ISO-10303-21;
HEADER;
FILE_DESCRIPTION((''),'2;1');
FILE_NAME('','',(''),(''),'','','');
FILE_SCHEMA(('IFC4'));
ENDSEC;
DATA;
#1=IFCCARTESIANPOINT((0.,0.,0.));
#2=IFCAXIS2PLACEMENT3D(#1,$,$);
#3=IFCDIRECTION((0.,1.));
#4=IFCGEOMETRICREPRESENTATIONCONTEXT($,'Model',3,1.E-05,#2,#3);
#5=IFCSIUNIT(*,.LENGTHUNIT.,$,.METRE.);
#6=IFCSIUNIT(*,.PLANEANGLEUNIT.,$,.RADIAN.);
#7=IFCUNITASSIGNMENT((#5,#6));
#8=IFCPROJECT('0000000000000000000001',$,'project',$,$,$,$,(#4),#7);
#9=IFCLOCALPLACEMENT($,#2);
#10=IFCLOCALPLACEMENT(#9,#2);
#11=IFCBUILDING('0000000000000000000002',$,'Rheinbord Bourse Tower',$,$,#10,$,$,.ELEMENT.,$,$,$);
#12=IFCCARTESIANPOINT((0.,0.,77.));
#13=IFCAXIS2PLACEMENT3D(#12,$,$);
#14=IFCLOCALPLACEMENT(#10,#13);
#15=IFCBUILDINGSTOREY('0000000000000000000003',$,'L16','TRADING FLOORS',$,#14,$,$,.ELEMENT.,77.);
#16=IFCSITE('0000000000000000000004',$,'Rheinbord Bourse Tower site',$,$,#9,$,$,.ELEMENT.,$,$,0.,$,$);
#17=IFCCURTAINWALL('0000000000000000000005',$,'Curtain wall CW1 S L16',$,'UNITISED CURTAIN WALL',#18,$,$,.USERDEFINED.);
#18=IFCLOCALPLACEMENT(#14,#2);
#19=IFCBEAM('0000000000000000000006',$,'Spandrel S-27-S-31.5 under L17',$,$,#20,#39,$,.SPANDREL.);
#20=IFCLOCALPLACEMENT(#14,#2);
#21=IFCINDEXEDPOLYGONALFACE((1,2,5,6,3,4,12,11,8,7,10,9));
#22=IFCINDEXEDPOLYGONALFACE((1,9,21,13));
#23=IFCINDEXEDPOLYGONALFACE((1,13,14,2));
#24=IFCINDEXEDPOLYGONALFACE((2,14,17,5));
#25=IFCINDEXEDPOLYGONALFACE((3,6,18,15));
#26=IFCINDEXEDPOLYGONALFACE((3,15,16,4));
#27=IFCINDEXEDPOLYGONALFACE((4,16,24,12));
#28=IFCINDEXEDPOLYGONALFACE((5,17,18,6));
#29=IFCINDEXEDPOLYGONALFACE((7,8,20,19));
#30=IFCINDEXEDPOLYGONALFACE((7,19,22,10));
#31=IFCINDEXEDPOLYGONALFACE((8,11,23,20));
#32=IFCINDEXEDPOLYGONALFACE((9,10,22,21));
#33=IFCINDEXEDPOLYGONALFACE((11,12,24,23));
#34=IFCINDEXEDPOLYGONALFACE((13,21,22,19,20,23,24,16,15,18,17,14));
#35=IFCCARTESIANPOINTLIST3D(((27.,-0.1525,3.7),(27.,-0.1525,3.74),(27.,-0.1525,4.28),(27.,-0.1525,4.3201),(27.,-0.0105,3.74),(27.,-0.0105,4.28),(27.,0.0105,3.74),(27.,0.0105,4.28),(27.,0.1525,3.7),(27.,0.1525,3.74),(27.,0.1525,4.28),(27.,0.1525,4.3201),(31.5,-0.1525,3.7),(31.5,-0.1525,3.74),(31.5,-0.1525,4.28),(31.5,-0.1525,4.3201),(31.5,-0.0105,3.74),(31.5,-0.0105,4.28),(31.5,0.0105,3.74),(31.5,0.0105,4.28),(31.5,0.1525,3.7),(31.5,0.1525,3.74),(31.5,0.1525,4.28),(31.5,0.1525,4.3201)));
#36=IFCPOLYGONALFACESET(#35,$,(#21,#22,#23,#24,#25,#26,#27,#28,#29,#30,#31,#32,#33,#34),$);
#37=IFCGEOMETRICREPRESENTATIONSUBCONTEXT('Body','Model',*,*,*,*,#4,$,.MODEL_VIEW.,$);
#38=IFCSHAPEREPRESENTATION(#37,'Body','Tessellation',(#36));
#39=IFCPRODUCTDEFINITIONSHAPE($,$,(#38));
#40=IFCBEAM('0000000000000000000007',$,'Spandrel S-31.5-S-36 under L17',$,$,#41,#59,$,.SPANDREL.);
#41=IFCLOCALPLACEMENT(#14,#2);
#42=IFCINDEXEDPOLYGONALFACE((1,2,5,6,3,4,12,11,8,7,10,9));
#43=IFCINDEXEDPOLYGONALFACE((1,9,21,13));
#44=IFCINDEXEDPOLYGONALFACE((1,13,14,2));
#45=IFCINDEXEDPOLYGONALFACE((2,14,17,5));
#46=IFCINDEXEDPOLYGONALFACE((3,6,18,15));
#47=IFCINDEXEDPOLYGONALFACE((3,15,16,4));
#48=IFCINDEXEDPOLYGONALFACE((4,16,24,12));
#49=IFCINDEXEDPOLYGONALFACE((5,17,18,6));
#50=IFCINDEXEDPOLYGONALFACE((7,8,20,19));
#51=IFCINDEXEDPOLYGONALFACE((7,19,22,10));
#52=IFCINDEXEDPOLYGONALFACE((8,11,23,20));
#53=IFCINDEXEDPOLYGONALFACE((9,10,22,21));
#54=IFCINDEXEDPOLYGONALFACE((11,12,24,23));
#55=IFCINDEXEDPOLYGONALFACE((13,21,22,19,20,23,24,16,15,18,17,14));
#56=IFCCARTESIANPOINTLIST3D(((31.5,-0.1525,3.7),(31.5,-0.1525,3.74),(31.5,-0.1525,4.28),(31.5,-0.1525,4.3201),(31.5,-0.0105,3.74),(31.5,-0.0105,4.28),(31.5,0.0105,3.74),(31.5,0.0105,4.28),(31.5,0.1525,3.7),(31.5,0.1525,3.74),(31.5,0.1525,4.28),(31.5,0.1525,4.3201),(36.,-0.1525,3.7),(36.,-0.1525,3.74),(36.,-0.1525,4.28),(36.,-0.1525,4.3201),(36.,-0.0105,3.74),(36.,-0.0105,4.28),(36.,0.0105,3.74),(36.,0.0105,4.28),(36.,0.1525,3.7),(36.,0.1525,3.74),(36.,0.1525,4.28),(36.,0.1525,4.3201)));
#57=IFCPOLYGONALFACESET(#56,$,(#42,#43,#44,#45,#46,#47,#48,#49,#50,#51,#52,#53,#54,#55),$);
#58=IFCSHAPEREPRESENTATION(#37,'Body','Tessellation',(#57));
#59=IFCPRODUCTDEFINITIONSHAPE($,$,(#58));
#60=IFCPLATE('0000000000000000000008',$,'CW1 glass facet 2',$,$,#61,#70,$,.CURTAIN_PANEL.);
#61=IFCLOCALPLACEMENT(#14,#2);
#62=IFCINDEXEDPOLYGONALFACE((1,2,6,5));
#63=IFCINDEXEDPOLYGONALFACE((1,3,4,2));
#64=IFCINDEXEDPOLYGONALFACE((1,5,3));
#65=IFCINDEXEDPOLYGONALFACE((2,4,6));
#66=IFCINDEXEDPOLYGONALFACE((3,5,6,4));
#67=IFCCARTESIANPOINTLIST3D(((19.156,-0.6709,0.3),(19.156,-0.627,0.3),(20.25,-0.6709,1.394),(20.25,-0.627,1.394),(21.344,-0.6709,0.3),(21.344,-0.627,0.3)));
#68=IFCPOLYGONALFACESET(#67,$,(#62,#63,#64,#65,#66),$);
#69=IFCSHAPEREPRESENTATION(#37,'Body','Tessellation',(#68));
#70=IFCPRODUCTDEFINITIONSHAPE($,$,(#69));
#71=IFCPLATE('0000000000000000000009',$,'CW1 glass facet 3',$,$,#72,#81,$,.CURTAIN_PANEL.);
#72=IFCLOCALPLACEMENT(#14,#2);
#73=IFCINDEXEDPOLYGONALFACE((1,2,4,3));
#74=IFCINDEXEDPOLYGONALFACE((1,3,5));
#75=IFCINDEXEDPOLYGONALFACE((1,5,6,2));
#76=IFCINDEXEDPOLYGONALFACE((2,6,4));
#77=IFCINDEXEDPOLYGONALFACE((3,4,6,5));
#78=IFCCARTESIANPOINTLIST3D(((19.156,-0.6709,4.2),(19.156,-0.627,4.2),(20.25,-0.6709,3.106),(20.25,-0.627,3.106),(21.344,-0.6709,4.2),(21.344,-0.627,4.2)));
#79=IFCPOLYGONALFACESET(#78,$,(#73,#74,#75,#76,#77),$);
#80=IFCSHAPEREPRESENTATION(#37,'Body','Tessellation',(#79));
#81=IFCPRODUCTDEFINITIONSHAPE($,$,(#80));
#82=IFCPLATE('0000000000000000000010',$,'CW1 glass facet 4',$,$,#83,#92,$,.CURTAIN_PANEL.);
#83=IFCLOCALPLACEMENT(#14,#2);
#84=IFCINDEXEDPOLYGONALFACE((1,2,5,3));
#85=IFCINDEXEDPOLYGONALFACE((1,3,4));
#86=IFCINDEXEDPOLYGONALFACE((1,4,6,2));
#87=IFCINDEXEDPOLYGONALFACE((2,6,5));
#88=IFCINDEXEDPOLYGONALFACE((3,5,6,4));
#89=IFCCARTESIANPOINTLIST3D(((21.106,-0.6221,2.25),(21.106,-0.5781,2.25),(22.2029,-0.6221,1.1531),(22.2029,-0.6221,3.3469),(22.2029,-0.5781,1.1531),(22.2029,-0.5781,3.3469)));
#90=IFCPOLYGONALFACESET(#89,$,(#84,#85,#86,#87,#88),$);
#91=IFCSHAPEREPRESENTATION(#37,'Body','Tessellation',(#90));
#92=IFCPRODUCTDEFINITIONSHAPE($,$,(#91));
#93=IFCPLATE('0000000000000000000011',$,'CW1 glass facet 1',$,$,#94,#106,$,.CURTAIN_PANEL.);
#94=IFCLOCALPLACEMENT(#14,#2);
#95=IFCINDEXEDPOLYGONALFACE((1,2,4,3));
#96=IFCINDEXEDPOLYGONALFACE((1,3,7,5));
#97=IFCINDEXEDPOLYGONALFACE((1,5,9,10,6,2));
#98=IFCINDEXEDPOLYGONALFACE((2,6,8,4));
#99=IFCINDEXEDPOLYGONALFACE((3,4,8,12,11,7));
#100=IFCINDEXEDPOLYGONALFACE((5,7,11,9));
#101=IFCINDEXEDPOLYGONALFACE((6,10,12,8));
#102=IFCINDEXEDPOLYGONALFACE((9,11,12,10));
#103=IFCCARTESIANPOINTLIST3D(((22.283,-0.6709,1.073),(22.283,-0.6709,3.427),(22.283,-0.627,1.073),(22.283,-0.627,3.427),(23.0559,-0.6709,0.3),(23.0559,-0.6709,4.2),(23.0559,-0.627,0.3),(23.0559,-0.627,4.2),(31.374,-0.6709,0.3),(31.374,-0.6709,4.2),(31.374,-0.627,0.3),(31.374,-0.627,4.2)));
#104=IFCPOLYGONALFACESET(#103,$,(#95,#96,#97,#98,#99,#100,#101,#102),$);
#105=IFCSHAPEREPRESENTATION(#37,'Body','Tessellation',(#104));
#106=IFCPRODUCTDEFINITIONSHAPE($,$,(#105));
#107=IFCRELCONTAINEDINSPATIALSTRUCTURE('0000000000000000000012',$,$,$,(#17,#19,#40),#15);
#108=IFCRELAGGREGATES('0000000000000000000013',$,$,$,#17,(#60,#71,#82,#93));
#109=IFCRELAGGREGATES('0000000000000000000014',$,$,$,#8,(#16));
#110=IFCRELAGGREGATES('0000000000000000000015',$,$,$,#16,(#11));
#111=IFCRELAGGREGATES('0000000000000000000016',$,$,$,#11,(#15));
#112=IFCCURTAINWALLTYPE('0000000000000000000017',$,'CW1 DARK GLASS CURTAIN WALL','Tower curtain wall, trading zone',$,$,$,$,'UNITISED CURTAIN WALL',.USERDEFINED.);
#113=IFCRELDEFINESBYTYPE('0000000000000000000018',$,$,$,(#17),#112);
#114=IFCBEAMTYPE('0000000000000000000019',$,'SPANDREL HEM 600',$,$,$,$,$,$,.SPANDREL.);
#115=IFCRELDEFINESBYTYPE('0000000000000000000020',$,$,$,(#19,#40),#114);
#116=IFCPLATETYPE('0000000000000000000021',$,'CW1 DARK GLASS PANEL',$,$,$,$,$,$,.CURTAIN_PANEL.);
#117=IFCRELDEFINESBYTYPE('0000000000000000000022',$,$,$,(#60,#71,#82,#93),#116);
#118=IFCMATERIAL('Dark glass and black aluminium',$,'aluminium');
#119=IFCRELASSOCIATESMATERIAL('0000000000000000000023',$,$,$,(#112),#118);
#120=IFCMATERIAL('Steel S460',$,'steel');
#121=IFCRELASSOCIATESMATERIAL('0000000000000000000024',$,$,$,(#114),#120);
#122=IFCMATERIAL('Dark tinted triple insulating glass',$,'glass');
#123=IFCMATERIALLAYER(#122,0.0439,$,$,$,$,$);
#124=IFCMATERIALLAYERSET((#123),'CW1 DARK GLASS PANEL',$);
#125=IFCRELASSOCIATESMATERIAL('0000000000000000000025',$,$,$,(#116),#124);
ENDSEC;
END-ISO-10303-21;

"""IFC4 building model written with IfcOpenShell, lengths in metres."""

from ifc_helpers import new_model, si_unit, direction, frame, origin, origin_2d, place, context, subcontext, project, spatial, polyline, i_section, outline, extrude, material, layer, layer_set, material_profile, profile_set, type_object, element, aggregate, save


model = new_model("IFC4")

# Units and contexts
model_context = context("Model", 3, precision=1e-05, world=origin(), true_north=direction((0.0, 1.0)))
body_context = subcontext(model_context, "Body", "Model", "MODEL_VIEW")
ifc_project = project(units=[si_unit("LENGTHUNIT", "METRE"), si_unit("PLANEANGLEUNIT", "RADIAN")], contexts=[model_context])

# Site, building, storey
site_placement = place(None, origin())
site = spatial("IfcSite", under=ifc_project, at=site_placement, Name="Rheinbord Bourse Tower site", CompositionType="ELEMENT", RefElevation=0.0)
building_placement = place(site_placement, origin())
building = spatial("IfcBuilding", under=site, at=building_placement, Name="Rheinbord Bourse Tower", CompositionType="ELEMENT")
storey_placement = place(building_placement, frame((0.0, 0.0, 77.0)))
storey = spatial("IfcBuildingStorey", under=building, at=storey_placement, Name="L16", Description="TRADING FLOORS", CompositionType="ELEMENT", Elevation=77.0)

# Curtain wall
ifc_material_1 = material(Name="Dark glass and black aluminium", Category="aluminium")
curtain_wall_type = type_object("IfcCurtainWallType", Name="CW1 DARK GLASS CURTAIN WALL", Description="Tower curtain wall, trading zone", ElementType="UNITISED CURTAIN WALL", PredefinedType="USERDEFINED", material=ifc_material_1)
curtain_wall_placement = place(storey_placement, origin())
curtain_wall = element("IfcCurtainWall", 1, at=curtain_wall_placement, inside=storey, type_object=curtain_wall_type, Name="Curtain wall CW1 S L16", ObjectType="UNITISED CURTAIN WALL", PredefinedType="USERDEFINED")

# Beams
ifc_material_2 = material(Name="Steel S460", Category="steel")
ifc_material_profile_1 = material_profile(ifc_material_2, i_section(OverallWidth=0.3049, OverallDepth=0.6201, WebThickness=0.021, FlangeThickness=0.04, at=origin_2d()), Name="HEM 600")
ifc_profile_set_1 = profile_set([ifc_material_profile_1], Name="Steel S460")
beam_type_1 = type_object("IfcBeamType", Name="SPANDREL HEM 600", PredefinedType="SPANDREL", material=ifc_profile_set_1)
for number, where, z_axis, x_axis, name in (
    (2, (27.0, 0.0, 4.01), (1.0, 0.0, 0.0), (0.0, 1.0, 0.0), "Spandrel S-27-S-31.5 under L17"),
    (3, (31.5, 0.0, 4.01), (1.0, 0.0, 0.0), (0.0, 1.0, 0.0), "Spandrel S-31.5-S-36 under L17"),
):
    element("IfcBeam", number, at=place(storey_placement, frame(where, z_axis=z_axis, x_axis=x_axis)), inside=storey, type_object=beam_type_1, Name=name, PredefinedType="SPANDREL", context=body_context, shape_type="SweptSolid", body=[
        extrude(i_section(OverallWidth=0.3049, OverallDepth=0.6201, WebThickness=0.021, FlangeThickness=0.04, at=origin_2d()), origin(), (0.0, 0.0, 1.0), 4.5),
    ])

# Plates
ifc_material_3 = material(Name="Dark tinted triple insulating glass", Category="glass")
ifc_layer = layer(ifc_material_3, 0.0439)
ifc_layer_set = layer_set([ifc_layer], Name="CW1 DARK GLASS PANEL")
plate_type = type_object("IfcPlateType", Name="CW1 DARK GLASS PANEL", PredefinedType="CURTAIN_PANEL", material=ifc_layer_set)
plate_1_placement = place(storey_placement, frame((19.156, -0.6709, 0.3), z_axis=(0.0, 1.0, 0.0), x_axis=(0.707107, 0.0, 0.707107)))
plate_1 = element("IfcPlate", 4, at=plate_1_placement, type_object=plate_type, Name="CW1 glass facet 2", PredefinedType="CURTAIN_PANEL", context=body_context, shape_type="SweptSolid", body=[
    extrude(outline(polyline([(0.0, 0.0), (1.5471, 0.0), (1.5471, 1.5471), (0.0, 0.0)])), origin(), (0.0, 0.0, 1.0), 0.0439),
])
plate_2_placement = place(storey_placement, frame((21.344, -0.6709, 4.2), z_axis=(0.0, 1.0, 0.0), x_axis=(-0.707107, 0.0, -0.707107)))
plate_2 = element("IfcPlate", 5, at=plate_2_placement, type_object=plate_type, Name="CW1 glass facet 3", PredefinedType="CURTAIN_PANEL", context=body_context, shape_type="SweptSolid", body=[
    extrude(outline(polyline([(0.0, 0.0), (1.5471, 0.0), (1.5471, 1.5471), (0.0, 0.0)])), origin(), (0.0, 0.0, 1.0), 0.0439),
])
plate_3_placement = place(storey_placement, frame((22.2029, -0.6221, 1.1531), z_axis=(0.0, 1.0, 0.0), x_axis=(-0.707107, 0.0, 0.707107)))
plate_3 = element("IfcPlate", 6, at=plate_3_placement, type_object=plate_type, Name="CW1 glass facet 4", PredefinedType="CURTAIN_PANEL", context=body_context, shape_type="SweptSolid", body=[
    extrude(outline(polyline([(0.0, 0.0), (1.5513, 0.0), (1.5513, 1.5513), (0.0, 0.0)])), origin(), (0.0, 0.0, 1.0), 0.0439),
])
plate_4_placement = place(storey_placement, frame((31.374, -0.6709, 4.2), z_axis=(0.0, 1.0, 0.0), x_axis=(0.0, 0.0, -1.0)))
plate_4 = element("IfcPlate", 7, at=plate_4_placement, type_object=plate_type, Name="CW1 glass facet 1", PredefinedType="CURTAIN_PANEL", context=body_context, shape_type="SweptSolid", body=[
    extrude(outline(polyline([(0.0, 0.0), (3.8999, 0.0), (3.8999, 8.3181), (3.127, 9.0911), (0.7729, 9.0911), (0.0, 8.3181), (0.0, 0.0)])), origin(), (0.0, 0.0, 1.0), 0.0439),
])
aggregate(curtain_wall, [plate_1, plate_2, plate_3, plate_4])

save(model, "model.ifc")
